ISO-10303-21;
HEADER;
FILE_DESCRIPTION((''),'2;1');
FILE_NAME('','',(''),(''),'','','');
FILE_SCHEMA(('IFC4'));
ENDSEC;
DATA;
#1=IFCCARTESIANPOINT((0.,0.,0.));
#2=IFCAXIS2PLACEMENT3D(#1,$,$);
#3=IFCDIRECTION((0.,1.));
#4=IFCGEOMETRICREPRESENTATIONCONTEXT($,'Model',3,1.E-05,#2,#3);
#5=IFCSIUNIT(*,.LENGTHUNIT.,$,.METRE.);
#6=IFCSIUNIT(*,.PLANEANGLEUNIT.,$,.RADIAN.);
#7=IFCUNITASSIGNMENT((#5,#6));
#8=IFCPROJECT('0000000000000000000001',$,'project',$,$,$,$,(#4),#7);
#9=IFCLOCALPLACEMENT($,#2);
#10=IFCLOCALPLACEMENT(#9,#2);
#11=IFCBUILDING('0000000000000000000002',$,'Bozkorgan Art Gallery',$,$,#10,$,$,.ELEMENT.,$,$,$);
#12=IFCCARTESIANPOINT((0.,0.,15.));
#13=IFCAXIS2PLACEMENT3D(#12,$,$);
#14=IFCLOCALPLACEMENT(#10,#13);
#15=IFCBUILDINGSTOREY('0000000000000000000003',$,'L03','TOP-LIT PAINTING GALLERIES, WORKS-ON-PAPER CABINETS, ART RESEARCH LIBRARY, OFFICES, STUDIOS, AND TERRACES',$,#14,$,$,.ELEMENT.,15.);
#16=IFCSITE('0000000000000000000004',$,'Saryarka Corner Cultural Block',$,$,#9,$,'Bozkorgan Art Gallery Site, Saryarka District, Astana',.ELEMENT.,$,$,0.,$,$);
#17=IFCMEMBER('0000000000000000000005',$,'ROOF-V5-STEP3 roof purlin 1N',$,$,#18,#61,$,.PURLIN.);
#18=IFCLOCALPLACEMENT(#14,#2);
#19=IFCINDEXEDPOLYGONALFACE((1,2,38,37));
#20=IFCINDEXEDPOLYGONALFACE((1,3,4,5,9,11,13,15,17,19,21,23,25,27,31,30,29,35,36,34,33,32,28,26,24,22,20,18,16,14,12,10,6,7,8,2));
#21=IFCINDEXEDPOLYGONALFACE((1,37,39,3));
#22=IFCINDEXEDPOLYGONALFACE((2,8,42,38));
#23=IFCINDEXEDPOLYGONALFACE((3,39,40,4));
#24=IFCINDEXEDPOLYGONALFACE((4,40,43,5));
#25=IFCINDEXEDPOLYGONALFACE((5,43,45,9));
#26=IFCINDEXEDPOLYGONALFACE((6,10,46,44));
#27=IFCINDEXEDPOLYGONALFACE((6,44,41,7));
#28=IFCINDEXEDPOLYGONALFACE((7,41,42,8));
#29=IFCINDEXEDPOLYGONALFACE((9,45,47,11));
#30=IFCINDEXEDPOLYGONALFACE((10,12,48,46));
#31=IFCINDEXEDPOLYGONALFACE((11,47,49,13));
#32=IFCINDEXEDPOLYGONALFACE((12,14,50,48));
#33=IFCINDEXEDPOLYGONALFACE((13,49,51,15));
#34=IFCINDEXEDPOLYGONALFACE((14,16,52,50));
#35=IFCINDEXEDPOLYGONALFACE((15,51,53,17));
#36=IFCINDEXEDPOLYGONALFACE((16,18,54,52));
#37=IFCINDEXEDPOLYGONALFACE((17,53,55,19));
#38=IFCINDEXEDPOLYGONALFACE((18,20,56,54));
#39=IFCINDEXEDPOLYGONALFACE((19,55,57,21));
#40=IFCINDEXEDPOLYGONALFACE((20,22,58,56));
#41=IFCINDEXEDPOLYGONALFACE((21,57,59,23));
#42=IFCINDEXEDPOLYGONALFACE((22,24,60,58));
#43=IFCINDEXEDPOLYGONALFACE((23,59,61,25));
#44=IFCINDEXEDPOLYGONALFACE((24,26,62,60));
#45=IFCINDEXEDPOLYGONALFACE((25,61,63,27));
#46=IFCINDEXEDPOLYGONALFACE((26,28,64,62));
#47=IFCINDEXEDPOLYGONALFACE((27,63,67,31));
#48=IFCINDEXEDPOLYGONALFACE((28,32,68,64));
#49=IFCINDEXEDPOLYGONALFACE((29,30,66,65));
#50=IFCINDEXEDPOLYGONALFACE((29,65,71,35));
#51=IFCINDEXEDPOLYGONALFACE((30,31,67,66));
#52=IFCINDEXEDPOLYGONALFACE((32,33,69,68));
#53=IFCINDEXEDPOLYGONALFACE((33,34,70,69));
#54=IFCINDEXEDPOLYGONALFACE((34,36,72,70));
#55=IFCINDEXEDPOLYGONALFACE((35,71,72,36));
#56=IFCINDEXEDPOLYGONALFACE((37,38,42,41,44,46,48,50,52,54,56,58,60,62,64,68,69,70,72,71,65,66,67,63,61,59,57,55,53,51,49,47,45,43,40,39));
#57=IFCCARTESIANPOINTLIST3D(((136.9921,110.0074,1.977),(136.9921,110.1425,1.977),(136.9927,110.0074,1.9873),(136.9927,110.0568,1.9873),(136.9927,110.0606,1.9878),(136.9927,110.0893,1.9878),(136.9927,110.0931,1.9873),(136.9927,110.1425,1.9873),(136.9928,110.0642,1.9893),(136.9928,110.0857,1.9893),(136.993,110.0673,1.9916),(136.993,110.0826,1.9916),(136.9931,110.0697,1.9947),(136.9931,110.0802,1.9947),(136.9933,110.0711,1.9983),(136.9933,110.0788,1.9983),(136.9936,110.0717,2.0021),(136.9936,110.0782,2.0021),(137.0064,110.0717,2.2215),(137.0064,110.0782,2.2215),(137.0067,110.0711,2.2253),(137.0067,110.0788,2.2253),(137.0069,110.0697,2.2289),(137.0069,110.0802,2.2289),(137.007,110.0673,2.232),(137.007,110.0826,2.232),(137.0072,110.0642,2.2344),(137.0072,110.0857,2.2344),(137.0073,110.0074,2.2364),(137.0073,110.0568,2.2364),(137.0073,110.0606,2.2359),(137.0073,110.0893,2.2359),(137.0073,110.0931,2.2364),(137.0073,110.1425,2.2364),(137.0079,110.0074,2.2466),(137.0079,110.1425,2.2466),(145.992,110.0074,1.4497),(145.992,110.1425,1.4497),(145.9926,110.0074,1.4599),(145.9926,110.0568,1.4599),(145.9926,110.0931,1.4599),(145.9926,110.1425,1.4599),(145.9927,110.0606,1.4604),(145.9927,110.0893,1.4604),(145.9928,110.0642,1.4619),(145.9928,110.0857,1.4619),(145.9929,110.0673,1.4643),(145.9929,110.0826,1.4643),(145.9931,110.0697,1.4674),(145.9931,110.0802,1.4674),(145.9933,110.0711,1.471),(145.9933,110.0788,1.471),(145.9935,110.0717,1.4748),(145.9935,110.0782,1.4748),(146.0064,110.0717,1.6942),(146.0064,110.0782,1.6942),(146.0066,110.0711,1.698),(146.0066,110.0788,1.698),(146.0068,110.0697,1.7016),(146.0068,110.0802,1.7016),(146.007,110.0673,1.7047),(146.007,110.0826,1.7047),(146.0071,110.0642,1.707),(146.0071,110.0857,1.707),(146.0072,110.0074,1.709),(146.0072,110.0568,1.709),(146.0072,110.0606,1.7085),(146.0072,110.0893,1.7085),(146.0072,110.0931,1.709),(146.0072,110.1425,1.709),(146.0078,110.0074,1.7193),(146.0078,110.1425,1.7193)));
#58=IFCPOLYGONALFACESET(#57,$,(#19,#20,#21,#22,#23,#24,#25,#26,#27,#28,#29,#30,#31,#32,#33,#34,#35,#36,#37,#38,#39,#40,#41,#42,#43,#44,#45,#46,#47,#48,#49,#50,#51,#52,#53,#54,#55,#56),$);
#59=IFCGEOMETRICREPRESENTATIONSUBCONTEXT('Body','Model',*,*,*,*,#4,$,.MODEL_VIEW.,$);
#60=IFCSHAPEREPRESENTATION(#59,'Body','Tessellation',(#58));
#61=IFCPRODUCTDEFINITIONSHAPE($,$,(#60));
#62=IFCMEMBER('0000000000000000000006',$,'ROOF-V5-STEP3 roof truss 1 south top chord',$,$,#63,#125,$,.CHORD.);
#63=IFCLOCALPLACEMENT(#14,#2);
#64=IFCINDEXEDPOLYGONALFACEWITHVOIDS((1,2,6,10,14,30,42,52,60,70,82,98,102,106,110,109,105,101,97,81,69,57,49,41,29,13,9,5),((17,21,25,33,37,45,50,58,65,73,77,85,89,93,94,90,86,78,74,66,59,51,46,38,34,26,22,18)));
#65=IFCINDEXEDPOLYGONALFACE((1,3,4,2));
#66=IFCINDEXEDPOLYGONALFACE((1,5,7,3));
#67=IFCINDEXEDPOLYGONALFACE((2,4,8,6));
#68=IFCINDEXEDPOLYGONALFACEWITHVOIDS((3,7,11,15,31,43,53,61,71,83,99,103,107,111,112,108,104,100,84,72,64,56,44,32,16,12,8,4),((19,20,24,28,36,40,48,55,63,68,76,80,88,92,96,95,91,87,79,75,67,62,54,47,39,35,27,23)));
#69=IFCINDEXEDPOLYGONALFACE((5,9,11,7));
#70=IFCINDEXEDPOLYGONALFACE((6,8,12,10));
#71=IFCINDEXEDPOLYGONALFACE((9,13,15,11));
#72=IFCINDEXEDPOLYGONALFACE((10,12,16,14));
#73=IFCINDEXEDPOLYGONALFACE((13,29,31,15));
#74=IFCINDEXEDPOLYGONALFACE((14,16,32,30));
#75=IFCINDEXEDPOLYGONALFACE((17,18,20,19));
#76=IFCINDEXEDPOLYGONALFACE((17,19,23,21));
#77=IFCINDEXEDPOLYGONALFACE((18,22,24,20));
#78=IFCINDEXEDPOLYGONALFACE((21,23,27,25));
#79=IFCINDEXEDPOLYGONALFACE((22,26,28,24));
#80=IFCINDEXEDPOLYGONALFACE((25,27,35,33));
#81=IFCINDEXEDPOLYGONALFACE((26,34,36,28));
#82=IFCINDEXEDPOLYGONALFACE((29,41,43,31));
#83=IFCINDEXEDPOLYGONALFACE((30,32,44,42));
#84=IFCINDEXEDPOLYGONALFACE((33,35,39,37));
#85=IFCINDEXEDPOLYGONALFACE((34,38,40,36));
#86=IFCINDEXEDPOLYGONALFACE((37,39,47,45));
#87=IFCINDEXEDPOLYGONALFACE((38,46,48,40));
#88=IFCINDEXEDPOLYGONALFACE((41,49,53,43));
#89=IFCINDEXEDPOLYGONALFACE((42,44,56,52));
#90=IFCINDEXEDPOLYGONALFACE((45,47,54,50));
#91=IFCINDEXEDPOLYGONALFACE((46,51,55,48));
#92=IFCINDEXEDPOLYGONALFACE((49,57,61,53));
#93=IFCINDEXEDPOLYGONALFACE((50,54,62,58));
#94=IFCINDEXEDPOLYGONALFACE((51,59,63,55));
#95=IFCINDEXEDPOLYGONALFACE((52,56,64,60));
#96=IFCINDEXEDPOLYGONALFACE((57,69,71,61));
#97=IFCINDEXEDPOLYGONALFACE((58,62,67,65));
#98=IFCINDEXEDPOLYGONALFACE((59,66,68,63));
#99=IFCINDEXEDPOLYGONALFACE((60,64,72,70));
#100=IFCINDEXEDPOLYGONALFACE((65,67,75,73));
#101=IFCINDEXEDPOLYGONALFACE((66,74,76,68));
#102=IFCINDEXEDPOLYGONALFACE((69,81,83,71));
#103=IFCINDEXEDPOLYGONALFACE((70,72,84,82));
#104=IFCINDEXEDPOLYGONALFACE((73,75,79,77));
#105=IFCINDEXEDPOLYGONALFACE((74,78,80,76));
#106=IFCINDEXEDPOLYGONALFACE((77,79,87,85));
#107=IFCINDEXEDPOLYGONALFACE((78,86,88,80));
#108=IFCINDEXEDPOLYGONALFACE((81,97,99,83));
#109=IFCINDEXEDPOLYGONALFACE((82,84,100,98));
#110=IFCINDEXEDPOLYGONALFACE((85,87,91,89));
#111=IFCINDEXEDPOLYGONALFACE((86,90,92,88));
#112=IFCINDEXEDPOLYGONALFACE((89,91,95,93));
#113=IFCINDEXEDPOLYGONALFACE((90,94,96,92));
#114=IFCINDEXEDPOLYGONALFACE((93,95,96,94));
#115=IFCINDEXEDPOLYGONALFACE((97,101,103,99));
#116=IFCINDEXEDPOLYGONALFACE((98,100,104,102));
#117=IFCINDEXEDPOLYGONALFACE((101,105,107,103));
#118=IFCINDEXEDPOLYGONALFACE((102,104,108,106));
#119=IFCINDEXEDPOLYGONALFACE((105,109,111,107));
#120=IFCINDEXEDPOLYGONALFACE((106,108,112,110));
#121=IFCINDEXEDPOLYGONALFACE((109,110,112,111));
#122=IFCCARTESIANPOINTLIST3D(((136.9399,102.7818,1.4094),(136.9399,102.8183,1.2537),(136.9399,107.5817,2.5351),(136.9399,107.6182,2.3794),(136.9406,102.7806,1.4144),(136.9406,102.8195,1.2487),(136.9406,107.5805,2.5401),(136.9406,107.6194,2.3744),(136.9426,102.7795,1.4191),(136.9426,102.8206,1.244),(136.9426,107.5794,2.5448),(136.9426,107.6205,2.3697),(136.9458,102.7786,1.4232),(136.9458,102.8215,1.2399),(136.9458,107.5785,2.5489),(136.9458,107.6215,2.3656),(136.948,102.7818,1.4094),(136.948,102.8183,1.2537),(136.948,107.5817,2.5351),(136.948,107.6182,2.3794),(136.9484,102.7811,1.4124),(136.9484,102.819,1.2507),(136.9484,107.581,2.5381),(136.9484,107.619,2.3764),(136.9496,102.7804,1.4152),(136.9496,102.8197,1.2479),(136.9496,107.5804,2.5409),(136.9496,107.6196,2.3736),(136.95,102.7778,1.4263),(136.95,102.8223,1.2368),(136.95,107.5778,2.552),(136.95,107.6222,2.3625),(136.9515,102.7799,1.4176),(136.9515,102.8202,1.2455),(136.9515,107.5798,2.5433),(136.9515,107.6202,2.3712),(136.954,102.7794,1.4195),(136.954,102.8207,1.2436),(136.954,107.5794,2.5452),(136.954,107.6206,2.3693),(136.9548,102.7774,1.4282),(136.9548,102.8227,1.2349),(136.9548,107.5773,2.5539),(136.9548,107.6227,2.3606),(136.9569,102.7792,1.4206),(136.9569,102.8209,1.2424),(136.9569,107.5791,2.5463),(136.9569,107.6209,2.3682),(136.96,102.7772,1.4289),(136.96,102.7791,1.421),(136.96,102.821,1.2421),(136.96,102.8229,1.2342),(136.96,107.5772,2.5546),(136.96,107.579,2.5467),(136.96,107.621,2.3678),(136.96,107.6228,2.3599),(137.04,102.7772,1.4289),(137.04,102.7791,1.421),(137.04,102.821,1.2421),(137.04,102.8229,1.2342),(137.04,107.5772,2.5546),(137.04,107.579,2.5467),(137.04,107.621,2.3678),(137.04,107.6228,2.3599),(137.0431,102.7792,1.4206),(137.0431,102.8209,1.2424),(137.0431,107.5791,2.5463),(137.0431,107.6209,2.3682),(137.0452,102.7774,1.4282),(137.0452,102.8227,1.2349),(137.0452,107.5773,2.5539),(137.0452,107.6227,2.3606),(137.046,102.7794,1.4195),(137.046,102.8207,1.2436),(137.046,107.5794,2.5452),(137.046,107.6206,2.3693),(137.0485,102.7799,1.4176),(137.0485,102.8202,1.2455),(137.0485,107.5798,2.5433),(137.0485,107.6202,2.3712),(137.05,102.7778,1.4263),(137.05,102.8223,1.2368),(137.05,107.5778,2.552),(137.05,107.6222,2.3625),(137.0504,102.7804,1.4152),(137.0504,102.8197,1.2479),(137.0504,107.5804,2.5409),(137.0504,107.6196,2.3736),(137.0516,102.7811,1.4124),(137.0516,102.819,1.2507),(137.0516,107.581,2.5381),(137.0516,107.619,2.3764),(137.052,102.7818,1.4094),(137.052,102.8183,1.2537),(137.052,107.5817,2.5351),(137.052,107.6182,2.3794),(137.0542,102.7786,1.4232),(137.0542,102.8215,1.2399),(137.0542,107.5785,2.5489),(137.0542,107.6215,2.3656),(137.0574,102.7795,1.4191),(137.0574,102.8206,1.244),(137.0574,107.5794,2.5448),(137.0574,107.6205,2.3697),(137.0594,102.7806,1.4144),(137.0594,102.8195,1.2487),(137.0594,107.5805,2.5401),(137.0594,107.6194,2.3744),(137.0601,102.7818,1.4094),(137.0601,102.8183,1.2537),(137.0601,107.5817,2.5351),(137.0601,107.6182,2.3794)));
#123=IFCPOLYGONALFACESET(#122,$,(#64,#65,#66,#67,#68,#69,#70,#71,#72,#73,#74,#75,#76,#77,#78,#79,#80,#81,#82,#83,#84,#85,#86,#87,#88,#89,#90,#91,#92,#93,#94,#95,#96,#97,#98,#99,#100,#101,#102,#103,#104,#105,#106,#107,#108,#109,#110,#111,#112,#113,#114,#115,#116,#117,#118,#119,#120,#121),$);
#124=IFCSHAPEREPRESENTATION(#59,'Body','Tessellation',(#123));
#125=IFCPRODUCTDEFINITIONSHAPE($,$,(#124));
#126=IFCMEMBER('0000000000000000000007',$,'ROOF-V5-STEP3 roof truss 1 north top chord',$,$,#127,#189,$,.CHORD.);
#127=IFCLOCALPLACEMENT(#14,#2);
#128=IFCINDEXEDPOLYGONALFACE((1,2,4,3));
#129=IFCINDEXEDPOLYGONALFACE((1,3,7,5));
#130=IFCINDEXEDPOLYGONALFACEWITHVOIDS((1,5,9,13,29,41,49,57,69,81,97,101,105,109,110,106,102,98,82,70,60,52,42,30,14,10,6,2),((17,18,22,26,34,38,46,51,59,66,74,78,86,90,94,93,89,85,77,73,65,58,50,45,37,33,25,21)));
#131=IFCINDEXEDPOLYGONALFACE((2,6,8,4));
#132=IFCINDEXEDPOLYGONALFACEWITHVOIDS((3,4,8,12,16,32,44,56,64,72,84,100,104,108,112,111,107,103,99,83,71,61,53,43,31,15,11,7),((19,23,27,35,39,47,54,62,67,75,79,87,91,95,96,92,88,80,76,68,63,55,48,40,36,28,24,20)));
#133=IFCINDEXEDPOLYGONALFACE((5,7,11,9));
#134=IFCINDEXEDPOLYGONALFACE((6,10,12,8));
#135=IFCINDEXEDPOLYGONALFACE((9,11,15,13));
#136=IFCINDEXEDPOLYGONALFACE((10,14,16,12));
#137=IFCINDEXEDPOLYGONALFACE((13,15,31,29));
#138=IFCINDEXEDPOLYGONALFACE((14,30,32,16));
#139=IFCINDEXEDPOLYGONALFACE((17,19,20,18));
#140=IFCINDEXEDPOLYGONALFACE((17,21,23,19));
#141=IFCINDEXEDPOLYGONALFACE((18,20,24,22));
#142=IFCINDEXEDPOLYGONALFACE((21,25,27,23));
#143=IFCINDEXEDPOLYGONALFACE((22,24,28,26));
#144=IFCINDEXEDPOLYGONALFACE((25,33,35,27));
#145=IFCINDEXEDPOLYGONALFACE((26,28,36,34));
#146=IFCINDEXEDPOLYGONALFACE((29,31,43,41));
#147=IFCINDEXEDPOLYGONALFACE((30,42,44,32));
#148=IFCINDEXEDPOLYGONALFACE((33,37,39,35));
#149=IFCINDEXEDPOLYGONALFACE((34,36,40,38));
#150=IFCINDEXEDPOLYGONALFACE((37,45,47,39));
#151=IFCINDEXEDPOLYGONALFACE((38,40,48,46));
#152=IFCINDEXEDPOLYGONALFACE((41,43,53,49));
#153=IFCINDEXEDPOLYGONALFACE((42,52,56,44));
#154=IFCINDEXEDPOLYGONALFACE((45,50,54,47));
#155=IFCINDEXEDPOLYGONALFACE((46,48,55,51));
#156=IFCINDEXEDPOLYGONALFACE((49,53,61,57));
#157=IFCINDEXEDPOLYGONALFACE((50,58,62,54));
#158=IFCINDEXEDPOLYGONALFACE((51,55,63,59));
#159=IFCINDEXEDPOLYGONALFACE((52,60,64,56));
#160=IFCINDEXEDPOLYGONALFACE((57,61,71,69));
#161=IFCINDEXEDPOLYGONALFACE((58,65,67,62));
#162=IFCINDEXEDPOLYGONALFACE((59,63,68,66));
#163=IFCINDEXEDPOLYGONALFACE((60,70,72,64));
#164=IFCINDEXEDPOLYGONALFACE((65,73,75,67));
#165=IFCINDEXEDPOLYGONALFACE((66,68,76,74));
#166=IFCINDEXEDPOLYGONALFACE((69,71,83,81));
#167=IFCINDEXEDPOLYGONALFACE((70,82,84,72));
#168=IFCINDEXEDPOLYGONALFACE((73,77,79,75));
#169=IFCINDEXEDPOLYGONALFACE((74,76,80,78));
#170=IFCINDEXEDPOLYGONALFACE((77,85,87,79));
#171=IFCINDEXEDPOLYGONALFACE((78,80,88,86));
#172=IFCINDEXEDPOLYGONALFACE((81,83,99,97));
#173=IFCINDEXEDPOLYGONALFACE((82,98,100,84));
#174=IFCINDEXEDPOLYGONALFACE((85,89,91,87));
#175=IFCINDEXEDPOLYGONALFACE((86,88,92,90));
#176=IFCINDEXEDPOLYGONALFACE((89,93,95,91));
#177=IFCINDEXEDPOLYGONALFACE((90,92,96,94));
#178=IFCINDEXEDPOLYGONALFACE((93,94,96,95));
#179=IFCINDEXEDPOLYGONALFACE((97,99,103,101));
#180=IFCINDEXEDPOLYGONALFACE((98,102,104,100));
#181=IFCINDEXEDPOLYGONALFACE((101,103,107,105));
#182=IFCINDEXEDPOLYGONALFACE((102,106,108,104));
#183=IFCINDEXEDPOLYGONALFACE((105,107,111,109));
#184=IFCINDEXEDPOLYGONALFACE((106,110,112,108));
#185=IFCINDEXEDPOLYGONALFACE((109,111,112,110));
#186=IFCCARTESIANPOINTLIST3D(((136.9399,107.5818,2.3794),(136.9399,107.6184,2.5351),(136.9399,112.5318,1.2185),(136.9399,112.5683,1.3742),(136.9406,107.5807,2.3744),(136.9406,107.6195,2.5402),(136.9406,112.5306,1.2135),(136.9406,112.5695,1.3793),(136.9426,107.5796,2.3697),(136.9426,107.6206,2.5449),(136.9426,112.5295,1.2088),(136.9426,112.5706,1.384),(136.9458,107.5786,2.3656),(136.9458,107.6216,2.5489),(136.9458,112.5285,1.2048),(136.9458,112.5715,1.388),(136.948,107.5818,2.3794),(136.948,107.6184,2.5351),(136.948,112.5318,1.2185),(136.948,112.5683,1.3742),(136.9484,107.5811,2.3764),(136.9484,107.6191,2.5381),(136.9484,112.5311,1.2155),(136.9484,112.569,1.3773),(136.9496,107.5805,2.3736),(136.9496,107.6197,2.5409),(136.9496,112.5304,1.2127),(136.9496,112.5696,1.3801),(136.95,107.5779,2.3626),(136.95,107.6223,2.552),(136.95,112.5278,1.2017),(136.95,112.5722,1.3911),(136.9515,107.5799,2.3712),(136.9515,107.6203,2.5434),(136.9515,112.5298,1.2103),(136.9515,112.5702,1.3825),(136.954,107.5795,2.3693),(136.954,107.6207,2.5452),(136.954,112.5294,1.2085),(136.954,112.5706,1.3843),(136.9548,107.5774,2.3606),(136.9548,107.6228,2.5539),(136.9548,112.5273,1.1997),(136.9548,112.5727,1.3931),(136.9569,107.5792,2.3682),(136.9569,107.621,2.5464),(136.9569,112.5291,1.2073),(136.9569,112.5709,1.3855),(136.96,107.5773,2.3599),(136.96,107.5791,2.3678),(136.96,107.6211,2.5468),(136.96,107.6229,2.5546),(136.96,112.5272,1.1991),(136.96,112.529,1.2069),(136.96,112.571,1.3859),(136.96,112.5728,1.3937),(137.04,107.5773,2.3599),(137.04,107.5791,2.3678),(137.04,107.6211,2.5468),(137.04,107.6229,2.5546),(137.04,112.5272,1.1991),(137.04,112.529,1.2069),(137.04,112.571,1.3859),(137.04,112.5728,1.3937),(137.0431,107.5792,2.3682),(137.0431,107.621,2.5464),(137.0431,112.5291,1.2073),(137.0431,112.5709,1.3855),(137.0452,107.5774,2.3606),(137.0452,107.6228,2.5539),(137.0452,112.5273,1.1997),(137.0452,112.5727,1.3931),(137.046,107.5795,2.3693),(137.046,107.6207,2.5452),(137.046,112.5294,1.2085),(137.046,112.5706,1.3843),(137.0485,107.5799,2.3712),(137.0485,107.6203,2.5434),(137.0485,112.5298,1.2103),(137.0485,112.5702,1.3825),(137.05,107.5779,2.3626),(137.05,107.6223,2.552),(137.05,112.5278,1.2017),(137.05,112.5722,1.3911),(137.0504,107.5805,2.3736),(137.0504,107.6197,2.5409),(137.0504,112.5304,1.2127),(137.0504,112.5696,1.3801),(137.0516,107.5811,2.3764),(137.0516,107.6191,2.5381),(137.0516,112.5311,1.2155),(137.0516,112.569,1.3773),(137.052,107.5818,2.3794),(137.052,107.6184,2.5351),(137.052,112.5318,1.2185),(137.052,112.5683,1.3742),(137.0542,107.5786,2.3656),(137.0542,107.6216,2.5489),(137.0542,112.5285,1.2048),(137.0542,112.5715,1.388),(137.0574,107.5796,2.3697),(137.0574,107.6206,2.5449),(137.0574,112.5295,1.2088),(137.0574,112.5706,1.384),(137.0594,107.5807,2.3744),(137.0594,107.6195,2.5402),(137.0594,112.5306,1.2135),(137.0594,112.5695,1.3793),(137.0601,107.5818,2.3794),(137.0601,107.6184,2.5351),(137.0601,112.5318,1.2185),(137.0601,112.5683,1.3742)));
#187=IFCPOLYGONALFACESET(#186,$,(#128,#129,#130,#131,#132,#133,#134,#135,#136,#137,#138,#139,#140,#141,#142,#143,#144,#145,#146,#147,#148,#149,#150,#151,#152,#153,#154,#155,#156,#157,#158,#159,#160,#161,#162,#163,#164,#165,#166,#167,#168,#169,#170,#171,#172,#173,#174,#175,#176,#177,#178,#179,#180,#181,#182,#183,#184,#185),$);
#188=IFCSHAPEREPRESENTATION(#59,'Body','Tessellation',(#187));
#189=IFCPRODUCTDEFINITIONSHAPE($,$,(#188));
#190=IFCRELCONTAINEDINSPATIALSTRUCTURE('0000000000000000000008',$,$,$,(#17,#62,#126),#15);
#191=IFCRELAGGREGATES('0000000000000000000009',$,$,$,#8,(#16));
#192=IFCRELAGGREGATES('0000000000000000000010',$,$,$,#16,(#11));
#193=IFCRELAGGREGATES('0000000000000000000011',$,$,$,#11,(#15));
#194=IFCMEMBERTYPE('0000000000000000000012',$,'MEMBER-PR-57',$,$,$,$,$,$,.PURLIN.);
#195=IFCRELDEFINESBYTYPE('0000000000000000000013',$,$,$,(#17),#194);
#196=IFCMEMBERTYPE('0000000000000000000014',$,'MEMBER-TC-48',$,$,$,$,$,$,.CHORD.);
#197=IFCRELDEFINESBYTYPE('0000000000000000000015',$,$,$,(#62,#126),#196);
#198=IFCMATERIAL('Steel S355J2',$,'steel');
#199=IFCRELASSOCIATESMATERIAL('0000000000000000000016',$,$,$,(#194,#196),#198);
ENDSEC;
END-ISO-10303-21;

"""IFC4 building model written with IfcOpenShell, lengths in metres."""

from ifc_helpers import new_model, si_unit, direction, frame, origin, origin_2d, place, context, subcontext, project, spatial, hollow_rectangle, i_section, extrude, material, material_profile, profile_set, type_object, element, save


model = new_model("IFC4")

# Units and contexts
model_context = context("Model", 3, precision=1e-05, world=origin(), true_north=direction((0.0, 1.0)))
body_context = subcontext(model_context, "Body", "Model", "MODEL_VIEW")
ifc_project = project(units=[si_unit("LENGTHUNIT", "METRE"), si_unit("PLANEANGLEUNIT", "RADIAN")], contexts=[model_context])

# Site, building, storey
site_placement = place(None, origin())
site = spatial("IfcSite", under=ifc_project, at=site_placement, Name="Saryarka Corner Cultural Block", LongName="Bozkorgan Art Gallery Site, Saryarka District, Astana", CompositionType="ELEMENT", RefElevation=0.0)
building_placement = place(site_placement, origin())
building = spatial("IfcBuilding", under=site, at=building_placement, Name="Bozkorgan Art Gallery", CompositionType="ELEMENT")
storey_placement = place(building_placement, frame((0.0, 0.0, 15.0)))
storey = spatial("IfcBuildingStorey", under=building, at=storey_placement, Name="L03", Description="TOP-LIT PAINTING GALLERIES, WORKS-ON-PAPER CABINETS, ART RESEARCH LIBRARY, OFFICES, STUDIOS, AND TERRACES", CompositionType="ELEMENT", Elevation=15.0)

# Shared definitions
ifc_material_1 = material(Name="Steel S355J2", Category="steel")

# Members
ifc_material_profile_1 = material_profile(ifc_material_1, i_section(OverallWidth=0.135, OverallDepth=0.27, WebThickness=0.0066, FlangeThickness=0.0103, FilletRadius=0.0149, at=origin_2d()), Name="IPE 270")
ifc_profile_set_1 = profile_set([ifc_material_profile_1], Name="Steel S355J2")
member_type_1 = type_object("IfcMemberType", Name="MEMBER-PR-57", PredefinedType="PURLIN", material=ifc_profile_set_1)
for number, where, z_axis, x_axis, name in (
    (1, (137.0, 110.075, 2.1118), (0.998288, 0.0, -0.058493), (0.0, 1.0, 0.0), "ROOF-V5-STEP3 roof purlin 1N"),
):
    element("IfcMember", number, at=place(storey_placement, frame(where, z_axis=z_axis, x_axis=x_axis)), inside=storey, type_object=member_type_1, Name=name, PredefinedType="PURLIN", context=body_context, shape_type="SweptSolid", body=[
        extrude(i_section(OverallWidth=0.135, OverallDepth=0.27, WebThickness=0.0066, FlangeThickness=0.0103, FilletRadius=0.0149, at=origin_2d()), origin(), (0.0, 0.0, 1.0), 9.0154),
    ])
ifc_material_profile_2 = material_profile(ifc_material_1, hollow_rectangle(XDim=0.1201, YDim=0.2, WallThickness=0.0081, InnerFilletRadius=0.012, OuterFilletRadius=0.02, at=origin_2d()), Name="RHS 200x120x8")
ifc_profile_set_2 = profile_set([ifc_material_profile_2], Name="Steel S355J2")
member_type_2 = type_object("IfcMemberType", Name="MEMBER-TC-48", PredefinedType="CHORD", material=ifc_profile_set_2)
member_1_placement = place(storey_placement, frame((137.0, 102.8, 1.3315), z_axis=(0.0, 0.973584, 0.22833), x_axis=(-1.0, 0.0, 0.0)))
element("IfcMember", 2, at=member_1_placement, inside=storey, type_object=member_type_2, Name="ROOF-V5-STEP3 roof truss 1 south top chord", PredefinedType="CHORD", context=body_context, shape_type="SweptSolid", body=[
    extrude(hollow_rectangle(XDim=0.1201, YDim=0.2, WallThickness=0.0081, InnerFilletRadius=0.012, OuterFilletRadius=0.02, at=origin_2d()), origin(), (0.0, 0.0, 1.0), 4.9302),
])
member_2_placement = place(storey_placement, frame((137.0, 107.6001, 2.4573), z_axis=(0.0, 0.973584, -0.22833), x_axis=(-1.0, 0.0, 0.0)))
element("IfcMember", 3, at=member_2_placement, inside=storey, type_object=member_type_2, Name="ROOF-V5-STEP3 roof truss 1 north top chord", PredefinedType="CHORD", context=body_context, shape_type="SweptSolid", body=[
    extrude(hollow_rectangle(XDim=0.1201, YDim=0.2, WallThickness=0.0081, InnerFilletRadius=0.012, OuterFilletRadius=0.02, at=origin_2d()), origin(), (0.0, 0.0, 1.0), 5.0842),
])

save(model, "model.ifc")
